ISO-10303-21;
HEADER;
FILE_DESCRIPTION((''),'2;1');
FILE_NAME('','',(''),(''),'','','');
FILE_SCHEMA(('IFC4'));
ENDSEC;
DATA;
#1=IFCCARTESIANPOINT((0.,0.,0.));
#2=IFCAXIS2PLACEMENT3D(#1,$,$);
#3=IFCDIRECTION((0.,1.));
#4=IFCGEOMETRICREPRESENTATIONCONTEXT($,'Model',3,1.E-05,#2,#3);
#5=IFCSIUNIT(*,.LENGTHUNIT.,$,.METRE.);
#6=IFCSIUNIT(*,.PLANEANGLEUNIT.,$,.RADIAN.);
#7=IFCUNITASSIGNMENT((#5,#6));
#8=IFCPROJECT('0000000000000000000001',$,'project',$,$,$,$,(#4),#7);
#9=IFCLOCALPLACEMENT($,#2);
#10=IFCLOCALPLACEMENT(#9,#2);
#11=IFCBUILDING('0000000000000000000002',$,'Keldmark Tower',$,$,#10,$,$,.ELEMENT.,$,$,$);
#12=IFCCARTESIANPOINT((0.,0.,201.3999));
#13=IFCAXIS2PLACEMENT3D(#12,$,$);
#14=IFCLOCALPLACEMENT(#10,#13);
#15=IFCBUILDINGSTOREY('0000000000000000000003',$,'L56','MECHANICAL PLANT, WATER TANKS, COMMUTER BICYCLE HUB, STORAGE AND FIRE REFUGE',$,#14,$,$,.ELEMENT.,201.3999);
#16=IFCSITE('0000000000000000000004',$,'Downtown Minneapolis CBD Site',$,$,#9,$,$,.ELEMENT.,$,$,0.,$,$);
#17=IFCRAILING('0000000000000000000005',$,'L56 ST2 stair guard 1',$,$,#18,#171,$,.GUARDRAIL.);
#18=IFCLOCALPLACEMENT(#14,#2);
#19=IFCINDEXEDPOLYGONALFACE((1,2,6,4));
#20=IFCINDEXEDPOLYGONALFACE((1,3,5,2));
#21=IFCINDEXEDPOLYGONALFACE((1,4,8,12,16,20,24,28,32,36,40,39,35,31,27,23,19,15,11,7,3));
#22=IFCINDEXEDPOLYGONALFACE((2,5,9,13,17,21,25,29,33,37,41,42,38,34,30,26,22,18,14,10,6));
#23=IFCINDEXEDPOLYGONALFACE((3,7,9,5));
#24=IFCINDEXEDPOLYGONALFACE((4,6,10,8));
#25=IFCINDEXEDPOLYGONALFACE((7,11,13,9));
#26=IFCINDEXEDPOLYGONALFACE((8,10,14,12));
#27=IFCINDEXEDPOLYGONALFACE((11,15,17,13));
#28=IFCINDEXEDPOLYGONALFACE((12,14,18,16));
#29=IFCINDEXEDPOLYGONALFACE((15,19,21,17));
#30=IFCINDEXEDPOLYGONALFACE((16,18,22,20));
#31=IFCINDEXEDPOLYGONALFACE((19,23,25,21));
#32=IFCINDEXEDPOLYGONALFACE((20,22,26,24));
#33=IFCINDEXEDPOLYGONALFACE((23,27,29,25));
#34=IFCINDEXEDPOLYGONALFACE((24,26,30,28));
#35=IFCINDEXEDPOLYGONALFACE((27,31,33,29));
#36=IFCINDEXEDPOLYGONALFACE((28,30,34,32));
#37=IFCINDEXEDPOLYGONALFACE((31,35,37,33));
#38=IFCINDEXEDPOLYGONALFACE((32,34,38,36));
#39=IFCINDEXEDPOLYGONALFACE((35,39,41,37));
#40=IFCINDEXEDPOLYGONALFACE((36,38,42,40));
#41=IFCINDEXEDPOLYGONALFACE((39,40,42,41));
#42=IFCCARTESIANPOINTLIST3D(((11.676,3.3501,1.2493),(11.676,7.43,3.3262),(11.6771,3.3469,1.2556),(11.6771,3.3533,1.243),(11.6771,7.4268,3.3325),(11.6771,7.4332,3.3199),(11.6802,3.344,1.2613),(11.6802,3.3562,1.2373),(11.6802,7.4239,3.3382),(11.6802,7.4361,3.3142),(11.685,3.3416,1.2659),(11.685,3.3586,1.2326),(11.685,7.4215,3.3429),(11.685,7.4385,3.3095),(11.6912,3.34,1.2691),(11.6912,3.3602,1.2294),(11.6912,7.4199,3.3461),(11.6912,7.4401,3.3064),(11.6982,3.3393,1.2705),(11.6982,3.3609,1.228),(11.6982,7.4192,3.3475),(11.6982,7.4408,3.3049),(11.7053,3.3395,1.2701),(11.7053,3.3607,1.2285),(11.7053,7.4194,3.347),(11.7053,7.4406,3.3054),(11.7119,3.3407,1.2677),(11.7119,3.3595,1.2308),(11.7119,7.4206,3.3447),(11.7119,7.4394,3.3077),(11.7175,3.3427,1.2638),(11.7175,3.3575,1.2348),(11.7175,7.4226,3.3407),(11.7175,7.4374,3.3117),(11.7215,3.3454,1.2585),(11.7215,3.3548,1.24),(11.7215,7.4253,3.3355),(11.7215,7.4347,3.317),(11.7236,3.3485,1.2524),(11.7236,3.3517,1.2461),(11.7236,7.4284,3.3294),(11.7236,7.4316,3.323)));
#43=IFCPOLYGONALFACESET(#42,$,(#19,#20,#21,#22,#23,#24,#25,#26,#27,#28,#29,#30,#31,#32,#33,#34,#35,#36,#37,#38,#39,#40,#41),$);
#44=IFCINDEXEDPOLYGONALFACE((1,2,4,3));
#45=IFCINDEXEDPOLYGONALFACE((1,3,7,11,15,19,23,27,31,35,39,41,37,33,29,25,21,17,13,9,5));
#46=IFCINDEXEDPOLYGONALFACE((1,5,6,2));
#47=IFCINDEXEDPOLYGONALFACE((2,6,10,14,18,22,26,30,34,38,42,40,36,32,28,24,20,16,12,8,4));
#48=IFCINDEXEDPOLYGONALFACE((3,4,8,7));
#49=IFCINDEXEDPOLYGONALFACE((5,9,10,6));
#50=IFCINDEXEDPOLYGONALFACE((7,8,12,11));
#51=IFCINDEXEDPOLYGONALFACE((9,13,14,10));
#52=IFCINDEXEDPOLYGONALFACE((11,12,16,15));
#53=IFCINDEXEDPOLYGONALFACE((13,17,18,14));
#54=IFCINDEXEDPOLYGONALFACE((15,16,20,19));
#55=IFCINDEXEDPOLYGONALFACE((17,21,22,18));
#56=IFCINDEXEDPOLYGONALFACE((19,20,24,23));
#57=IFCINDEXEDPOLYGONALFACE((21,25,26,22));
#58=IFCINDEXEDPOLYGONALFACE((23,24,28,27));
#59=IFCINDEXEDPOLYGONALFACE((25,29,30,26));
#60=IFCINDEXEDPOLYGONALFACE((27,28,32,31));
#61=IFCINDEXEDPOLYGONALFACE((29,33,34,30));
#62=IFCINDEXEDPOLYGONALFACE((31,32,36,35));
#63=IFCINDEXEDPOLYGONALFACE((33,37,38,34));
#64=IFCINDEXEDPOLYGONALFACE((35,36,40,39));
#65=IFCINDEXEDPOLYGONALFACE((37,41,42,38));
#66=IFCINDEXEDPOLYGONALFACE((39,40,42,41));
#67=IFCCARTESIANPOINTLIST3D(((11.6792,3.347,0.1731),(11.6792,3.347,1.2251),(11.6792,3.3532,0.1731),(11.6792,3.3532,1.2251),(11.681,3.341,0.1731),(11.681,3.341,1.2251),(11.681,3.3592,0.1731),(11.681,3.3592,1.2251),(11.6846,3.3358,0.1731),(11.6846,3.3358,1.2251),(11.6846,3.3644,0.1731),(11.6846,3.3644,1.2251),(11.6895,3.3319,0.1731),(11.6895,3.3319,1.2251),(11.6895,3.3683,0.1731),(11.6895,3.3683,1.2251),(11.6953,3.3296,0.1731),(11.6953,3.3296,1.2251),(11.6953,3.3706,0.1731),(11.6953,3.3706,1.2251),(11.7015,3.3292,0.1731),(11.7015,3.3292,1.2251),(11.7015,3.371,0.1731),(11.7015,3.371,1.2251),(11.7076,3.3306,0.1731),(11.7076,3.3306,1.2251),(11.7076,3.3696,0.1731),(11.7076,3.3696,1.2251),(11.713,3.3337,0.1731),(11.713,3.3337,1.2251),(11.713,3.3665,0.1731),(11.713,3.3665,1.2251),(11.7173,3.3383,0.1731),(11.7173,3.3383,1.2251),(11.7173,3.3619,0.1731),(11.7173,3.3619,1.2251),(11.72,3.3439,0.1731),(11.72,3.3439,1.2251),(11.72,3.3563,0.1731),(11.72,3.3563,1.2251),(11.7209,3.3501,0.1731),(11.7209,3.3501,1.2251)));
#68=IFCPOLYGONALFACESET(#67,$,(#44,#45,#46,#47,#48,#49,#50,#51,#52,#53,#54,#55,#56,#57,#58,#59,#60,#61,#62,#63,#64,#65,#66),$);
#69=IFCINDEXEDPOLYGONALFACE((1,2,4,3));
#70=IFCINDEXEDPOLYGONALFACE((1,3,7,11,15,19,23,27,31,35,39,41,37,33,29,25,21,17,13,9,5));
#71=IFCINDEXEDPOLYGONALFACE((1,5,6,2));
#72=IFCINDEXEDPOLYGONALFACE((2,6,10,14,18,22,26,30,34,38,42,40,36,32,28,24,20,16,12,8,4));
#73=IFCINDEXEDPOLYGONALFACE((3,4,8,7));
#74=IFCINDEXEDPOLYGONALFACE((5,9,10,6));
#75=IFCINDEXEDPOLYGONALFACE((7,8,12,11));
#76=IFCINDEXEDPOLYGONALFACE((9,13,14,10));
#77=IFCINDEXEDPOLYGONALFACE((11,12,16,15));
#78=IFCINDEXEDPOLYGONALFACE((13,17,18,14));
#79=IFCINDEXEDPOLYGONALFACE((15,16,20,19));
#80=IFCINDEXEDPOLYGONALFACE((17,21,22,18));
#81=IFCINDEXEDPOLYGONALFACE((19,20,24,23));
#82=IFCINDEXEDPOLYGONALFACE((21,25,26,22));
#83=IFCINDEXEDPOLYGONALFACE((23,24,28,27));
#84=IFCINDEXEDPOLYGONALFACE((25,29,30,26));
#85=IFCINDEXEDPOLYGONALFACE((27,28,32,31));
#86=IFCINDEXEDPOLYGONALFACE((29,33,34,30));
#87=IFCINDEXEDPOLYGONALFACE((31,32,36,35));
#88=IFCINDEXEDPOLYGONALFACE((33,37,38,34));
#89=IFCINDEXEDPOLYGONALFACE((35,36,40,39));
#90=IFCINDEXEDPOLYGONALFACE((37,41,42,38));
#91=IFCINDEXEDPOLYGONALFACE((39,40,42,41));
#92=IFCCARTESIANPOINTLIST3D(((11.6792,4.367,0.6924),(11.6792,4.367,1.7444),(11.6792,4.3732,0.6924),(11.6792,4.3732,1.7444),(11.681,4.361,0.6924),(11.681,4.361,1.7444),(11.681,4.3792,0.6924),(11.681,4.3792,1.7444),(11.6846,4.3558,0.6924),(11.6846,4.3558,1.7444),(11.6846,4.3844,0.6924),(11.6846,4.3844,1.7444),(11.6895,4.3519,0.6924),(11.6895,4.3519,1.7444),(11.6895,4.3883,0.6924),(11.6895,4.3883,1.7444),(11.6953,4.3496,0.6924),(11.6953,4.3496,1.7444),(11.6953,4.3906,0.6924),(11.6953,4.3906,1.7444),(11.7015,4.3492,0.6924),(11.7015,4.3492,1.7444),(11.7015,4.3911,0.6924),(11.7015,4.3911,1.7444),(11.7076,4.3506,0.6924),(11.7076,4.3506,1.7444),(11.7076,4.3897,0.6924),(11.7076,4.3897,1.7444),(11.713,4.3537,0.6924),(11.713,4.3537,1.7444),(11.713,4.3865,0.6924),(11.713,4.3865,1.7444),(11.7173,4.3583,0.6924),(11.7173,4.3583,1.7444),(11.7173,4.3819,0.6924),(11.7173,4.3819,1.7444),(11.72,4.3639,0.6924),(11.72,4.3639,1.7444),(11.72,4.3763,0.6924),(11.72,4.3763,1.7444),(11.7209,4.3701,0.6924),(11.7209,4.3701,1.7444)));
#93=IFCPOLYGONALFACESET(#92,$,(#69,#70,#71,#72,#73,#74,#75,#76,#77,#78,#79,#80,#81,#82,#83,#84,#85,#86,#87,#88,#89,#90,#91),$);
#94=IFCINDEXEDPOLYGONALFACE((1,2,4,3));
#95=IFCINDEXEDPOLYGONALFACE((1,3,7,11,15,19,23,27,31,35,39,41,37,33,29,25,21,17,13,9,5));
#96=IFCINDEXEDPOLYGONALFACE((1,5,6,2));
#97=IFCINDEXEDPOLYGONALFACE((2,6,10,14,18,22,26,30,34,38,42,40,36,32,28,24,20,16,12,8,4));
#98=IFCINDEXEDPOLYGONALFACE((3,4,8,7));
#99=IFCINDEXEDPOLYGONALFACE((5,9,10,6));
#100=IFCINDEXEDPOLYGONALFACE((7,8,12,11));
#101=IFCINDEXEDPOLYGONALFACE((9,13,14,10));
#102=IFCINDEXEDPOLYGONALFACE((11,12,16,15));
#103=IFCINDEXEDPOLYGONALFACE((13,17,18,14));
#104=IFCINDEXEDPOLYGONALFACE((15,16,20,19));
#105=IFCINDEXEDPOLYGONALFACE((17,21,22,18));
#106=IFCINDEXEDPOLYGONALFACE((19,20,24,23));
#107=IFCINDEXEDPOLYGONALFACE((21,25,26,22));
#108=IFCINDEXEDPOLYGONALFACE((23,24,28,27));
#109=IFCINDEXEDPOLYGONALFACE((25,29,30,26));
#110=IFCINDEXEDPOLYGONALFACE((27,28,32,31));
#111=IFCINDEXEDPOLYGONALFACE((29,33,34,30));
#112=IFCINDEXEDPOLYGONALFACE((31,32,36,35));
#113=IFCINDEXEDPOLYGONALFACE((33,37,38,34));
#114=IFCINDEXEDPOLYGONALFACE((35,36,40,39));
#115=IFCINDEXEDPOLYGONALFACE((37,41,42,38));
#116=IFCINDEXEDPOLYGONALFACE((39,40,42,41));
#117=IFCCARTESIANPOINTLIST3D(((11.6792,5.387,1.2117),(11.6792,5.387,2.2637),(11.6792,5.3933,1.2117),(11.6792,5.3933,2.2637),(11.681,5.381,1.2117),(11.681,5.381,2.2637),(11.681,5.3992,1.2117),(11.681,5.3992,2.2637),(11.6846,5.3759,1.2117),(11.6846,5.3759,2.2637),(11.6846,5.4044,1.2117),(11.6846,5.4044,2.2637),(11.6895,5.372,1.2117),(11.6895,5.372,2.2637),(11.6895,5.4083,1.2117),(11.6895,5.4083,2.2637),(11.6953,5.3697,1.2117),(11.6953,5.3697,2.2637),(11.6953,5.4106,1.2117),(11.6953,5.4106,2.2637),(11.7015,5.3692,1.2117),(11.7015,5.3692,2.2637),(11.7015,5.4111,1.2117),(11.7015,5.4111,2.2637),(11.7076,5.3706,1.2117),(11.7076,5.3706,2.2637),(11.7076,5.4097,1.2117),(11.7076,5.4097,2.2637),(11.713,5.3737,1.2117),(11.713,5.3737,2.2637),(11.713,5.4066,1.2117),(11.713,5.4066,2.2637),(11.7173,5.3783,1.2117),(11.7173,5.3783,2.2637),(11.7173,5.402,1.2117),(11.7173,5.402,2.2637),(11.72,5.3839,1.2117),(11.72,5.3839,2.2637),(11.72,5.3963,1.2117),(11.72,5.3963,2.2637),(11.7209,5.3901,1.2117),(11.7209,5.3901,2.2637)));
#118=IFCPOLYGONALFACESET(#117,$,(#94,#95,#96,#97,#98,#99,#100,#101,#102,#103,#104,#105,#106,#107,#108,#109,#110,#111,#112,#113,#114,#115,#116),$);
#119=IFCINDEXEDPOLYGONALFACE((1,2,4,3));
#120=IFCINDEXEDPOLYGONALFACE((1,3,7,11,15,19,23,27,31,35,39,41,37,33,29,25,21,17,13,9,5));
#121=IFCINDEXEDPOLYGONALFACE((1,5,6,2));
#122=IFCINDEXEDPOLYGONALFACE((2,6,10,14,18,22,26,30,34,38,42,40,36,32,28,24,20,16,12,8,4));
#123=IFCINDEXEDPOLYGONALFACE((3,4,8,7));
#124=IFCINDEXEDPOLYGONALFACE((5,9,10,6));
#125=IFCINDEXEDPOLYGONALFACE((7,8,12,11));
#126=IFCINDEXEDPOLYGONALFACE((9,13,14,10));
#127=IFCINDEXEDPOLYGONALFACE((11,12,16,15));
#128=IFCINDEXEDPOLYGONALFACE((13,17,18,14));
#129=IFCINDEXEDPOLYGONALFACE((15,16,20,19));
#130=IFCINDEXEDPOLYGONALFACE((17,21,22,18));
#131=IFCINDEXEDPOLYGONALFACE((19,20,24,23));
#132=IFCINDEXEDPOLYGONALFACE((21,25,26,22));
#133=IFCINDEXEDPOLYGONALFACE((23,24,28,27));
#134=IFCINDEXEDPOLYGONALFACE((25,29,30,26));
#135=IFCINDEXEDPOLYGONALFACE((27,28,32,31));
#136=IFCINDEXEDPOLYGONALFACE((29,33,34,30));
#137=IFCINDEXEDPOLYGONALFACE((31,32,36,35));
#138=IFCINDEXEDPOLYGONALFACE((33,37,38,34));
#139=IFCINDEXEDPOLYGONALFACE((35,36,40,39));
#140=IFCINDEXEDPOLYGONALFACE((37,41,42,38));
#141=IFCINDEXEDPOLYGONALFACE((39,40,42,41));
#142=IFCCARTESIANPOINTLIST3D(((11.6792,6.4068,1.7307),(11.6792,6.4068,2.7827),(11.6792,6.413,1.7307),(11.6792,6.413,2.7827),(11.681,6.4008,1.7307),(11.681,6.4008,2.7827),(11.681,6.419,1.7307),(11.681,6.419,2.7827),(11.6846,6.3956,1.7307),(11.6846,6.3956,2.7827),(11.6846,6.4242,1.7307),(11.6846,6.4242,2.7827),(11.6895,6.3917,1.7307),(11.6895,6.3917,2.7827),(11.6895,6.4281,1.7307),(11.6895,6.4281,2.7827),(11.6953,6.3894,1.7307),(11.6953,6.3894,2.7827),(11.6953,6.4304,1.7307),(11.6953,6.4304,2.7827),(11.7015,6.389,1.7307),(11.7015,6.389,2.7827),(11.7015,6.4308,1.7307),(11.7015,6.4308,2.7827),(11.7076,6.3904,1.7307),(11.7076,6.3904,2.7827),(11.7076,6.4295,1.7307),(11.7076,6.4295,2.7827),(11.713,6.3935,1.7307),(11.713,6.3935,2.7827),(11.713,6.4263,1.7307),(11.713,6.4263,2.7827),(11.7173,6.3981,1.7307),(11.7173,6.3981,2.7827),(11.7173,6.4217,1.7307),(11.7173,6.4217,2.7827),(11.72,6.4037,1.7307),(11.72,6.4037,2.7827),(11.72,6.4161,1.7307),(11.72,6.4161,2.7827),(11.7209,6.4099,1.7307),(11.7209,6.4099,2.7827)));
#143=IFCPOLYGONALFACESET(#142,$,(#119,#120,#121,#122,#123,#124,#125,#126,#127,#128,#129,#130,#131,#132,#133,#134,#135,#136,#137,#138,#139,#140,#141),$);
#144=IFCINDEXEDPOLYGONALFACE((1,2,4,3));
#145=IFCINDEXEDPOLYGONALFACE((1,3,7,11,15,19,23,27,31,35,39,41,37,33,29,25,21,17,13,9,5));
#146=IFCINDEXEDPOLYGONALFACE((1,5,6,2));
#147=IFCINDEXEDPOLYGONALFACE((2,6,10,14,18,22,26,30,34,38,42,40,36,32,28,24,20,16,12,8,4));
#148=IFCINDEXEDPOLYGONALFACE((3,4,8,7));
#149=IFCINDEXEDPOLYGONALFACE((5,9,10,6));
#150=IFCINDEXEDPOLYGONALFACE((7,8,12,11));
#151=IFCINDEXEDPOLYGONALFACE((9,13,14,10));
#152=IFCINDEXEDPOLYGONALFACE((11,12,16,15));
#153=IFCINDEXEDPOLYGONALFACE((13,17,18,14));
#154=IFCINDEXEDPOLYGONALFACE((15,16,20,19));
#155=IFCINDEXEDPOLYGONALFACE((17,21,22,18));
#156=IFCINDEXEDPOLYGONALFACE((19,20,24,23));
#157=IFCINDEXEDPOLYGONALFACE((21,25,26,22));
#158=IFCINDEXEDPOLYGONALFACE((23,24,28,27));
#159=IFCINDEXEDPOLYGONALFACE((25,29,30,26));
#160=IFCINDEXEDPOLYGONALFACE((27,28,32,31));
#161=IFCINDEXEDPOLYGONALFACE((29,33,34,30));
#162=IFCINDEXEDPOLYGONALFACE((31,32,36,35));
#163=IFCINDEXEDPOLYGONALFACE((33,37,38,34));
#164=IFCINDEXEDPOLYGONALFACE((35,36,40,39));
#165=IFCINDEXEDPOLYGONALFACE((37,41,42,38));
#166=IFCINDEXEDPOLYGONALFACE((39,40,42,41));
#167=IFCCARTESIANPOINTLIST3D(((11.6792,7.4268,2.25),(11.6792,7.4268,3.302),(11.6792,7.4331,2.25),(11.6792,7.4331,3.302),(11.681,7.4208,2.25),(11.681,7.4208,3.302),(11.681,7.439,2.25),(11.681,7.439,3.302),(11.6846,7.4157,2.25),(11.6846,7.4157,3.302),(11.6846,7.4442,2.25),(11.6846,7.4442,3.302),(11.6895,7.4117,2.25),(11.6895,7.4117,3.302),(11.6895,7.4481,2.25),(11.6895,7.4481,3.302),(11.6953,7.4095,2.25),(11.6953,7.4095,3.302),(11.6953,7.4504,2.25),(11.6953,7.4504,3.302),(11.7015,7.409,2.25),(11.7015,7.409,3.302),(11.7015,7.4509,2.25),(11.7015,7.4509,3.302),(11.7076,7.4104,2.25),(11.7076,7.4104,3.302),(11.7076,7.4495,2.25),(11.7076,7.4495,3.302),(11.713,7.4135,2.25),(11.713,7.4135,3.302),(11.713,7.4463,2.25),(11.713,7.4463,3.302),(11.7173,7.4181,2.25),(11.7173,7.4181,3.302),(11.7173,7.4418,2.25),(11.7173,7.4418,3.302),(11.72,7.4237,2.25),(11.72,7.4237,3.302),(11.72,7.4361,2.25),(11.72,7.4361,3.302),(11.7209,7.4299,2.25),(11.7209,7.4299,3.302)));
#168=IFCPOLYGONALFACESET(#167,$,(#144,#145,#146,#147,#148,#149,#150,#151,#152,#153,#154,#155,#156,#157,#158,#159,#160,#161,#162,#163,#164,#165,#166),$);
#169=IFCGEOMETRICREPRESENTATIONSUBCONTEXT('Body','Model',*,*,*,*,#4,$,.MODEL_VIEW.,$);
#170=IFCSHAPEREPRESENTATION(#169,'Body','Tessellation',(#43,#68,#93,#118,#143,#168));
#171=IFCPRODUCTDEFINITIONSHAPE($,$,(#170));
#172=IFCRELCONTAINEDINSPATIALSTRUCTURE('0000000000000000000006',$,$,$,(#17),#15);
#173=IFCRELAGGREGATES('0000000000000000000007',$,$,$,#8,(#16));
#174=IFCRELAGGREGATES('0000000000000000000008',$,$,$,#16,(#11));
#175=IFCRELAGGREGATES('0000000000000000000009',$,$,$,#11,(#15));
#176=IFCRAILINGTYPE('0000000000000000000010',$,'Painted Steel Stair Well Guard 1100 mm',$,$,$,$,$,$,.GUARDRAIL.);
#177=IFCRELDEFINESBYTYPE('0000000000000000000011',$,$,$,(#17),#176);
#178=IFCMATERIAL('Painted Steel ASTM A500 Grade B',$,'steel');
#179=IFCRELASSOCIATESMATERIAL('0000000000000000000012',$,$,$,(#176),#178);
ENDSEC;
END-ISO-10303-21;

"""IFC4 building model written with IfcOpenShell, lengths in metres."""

from ifc_helpers import new_model, si_unit, direction, frame, origin, origin_2d, place, context, subcontext, project, spatial, circle, extrude, material, type_object, element, save


model = new_model("IFC4")

# Units and contexts
model_context = context("Model", 3, precision=1e-05, world=origin(), true_north=direction((0.0, 1.0)))
body_context = subcontext(model_context, "Body", "Model", "MODEL_VIEW")
ifc_project = project(units=[si_unit("LENGTHUNIT", "METRE"), si_unit("PLANEANGLEUNIT", "RADIAN")], contexts=[model_context])

# Site, building, storey
site_placement = place(None, origin())
site = spatial("IfcSite", under=ifc_project, at=site_placement, Name="Downtown Minneapolis CBD Site", CompositionType="ELEMENT", RefElevation=0.0)
building_placement = place(site_placement, origin())
building = spatial("IfcBuilding", under=site, at=building_placement, Name="Keldmark Tower", CompositionType="ELEMENT")
storey_placement = place(building_placement, frame((0.0, 0.0, 201.3999)))
storey = spatial("IfcBuildingStorey", under=building, at=storey_placement, Name="L56", Description="MECHANICAL PLANT, WATER TANKS, COMMUTER BICYCLE HUB, STORAGE AND FIRE REFUGE", CompositionType="ELEMENT", Elevation=201.3999)

# Railing
ifc_material_1 = material(Name="Painted Steel ASTM A500 Grade B", Category="steel")
railing_type_1 = type_object("IfcRailingType", Name="Painted Steel Stair Well Guard 1100 mm", PredefinedType="GUARDRAIL", material=ifc_material_1)
railing_1_placement = place(storey_placement, frame((11.7, 3.3501, 0.1731)))
element("IfcRailing", 1, at=railing_1_placement, inside=storey, type_object=railing_type_1, Name="L56 ST2 stair guard 1", PredefinedType="GUARDRAIL", context=body_context, shape_type="SweptSolid", body=[
    extrude(circle(Radius=0.0239, at=origin_2d()), frame((0.0, 0.0, 1.0762), z_axis=(0.0, 0.891172, 0.453665), x_axis=(-1.0, 0.0, 0.0)), (0.0, 0.0, 1.0), 4.5781),
    extrude(circle(Radius=0.021, at=origin_2d()), origin(), (0.0, 0.0, 1.0), 1.052),
    extrude(circle(Radius=0.021, at=origin_2d()), frame((0.0, 1.02, 0.5193)), (0.0, 0.0, 1.0), 1.052),
    extrude(circle(Radius=0.021, at=origin_2d()), frame((0.0, 2.04, 1.0386)), (0.0, 0.0, 1.0), 1.052),
    extrude(circle(Radius=0.021, at=origin_2d()), frame((0.0, 3.0598, 1.5576)), (0.0, 0.0, 1.0), 1.052),
    extrude(circle(Radius=0.021, at=origin_2d()), frame((0.0, 4.0798, 2.0769)), (0.0, 0.0, 1.0), 1.052),
])

save(model, "model.ifc")
